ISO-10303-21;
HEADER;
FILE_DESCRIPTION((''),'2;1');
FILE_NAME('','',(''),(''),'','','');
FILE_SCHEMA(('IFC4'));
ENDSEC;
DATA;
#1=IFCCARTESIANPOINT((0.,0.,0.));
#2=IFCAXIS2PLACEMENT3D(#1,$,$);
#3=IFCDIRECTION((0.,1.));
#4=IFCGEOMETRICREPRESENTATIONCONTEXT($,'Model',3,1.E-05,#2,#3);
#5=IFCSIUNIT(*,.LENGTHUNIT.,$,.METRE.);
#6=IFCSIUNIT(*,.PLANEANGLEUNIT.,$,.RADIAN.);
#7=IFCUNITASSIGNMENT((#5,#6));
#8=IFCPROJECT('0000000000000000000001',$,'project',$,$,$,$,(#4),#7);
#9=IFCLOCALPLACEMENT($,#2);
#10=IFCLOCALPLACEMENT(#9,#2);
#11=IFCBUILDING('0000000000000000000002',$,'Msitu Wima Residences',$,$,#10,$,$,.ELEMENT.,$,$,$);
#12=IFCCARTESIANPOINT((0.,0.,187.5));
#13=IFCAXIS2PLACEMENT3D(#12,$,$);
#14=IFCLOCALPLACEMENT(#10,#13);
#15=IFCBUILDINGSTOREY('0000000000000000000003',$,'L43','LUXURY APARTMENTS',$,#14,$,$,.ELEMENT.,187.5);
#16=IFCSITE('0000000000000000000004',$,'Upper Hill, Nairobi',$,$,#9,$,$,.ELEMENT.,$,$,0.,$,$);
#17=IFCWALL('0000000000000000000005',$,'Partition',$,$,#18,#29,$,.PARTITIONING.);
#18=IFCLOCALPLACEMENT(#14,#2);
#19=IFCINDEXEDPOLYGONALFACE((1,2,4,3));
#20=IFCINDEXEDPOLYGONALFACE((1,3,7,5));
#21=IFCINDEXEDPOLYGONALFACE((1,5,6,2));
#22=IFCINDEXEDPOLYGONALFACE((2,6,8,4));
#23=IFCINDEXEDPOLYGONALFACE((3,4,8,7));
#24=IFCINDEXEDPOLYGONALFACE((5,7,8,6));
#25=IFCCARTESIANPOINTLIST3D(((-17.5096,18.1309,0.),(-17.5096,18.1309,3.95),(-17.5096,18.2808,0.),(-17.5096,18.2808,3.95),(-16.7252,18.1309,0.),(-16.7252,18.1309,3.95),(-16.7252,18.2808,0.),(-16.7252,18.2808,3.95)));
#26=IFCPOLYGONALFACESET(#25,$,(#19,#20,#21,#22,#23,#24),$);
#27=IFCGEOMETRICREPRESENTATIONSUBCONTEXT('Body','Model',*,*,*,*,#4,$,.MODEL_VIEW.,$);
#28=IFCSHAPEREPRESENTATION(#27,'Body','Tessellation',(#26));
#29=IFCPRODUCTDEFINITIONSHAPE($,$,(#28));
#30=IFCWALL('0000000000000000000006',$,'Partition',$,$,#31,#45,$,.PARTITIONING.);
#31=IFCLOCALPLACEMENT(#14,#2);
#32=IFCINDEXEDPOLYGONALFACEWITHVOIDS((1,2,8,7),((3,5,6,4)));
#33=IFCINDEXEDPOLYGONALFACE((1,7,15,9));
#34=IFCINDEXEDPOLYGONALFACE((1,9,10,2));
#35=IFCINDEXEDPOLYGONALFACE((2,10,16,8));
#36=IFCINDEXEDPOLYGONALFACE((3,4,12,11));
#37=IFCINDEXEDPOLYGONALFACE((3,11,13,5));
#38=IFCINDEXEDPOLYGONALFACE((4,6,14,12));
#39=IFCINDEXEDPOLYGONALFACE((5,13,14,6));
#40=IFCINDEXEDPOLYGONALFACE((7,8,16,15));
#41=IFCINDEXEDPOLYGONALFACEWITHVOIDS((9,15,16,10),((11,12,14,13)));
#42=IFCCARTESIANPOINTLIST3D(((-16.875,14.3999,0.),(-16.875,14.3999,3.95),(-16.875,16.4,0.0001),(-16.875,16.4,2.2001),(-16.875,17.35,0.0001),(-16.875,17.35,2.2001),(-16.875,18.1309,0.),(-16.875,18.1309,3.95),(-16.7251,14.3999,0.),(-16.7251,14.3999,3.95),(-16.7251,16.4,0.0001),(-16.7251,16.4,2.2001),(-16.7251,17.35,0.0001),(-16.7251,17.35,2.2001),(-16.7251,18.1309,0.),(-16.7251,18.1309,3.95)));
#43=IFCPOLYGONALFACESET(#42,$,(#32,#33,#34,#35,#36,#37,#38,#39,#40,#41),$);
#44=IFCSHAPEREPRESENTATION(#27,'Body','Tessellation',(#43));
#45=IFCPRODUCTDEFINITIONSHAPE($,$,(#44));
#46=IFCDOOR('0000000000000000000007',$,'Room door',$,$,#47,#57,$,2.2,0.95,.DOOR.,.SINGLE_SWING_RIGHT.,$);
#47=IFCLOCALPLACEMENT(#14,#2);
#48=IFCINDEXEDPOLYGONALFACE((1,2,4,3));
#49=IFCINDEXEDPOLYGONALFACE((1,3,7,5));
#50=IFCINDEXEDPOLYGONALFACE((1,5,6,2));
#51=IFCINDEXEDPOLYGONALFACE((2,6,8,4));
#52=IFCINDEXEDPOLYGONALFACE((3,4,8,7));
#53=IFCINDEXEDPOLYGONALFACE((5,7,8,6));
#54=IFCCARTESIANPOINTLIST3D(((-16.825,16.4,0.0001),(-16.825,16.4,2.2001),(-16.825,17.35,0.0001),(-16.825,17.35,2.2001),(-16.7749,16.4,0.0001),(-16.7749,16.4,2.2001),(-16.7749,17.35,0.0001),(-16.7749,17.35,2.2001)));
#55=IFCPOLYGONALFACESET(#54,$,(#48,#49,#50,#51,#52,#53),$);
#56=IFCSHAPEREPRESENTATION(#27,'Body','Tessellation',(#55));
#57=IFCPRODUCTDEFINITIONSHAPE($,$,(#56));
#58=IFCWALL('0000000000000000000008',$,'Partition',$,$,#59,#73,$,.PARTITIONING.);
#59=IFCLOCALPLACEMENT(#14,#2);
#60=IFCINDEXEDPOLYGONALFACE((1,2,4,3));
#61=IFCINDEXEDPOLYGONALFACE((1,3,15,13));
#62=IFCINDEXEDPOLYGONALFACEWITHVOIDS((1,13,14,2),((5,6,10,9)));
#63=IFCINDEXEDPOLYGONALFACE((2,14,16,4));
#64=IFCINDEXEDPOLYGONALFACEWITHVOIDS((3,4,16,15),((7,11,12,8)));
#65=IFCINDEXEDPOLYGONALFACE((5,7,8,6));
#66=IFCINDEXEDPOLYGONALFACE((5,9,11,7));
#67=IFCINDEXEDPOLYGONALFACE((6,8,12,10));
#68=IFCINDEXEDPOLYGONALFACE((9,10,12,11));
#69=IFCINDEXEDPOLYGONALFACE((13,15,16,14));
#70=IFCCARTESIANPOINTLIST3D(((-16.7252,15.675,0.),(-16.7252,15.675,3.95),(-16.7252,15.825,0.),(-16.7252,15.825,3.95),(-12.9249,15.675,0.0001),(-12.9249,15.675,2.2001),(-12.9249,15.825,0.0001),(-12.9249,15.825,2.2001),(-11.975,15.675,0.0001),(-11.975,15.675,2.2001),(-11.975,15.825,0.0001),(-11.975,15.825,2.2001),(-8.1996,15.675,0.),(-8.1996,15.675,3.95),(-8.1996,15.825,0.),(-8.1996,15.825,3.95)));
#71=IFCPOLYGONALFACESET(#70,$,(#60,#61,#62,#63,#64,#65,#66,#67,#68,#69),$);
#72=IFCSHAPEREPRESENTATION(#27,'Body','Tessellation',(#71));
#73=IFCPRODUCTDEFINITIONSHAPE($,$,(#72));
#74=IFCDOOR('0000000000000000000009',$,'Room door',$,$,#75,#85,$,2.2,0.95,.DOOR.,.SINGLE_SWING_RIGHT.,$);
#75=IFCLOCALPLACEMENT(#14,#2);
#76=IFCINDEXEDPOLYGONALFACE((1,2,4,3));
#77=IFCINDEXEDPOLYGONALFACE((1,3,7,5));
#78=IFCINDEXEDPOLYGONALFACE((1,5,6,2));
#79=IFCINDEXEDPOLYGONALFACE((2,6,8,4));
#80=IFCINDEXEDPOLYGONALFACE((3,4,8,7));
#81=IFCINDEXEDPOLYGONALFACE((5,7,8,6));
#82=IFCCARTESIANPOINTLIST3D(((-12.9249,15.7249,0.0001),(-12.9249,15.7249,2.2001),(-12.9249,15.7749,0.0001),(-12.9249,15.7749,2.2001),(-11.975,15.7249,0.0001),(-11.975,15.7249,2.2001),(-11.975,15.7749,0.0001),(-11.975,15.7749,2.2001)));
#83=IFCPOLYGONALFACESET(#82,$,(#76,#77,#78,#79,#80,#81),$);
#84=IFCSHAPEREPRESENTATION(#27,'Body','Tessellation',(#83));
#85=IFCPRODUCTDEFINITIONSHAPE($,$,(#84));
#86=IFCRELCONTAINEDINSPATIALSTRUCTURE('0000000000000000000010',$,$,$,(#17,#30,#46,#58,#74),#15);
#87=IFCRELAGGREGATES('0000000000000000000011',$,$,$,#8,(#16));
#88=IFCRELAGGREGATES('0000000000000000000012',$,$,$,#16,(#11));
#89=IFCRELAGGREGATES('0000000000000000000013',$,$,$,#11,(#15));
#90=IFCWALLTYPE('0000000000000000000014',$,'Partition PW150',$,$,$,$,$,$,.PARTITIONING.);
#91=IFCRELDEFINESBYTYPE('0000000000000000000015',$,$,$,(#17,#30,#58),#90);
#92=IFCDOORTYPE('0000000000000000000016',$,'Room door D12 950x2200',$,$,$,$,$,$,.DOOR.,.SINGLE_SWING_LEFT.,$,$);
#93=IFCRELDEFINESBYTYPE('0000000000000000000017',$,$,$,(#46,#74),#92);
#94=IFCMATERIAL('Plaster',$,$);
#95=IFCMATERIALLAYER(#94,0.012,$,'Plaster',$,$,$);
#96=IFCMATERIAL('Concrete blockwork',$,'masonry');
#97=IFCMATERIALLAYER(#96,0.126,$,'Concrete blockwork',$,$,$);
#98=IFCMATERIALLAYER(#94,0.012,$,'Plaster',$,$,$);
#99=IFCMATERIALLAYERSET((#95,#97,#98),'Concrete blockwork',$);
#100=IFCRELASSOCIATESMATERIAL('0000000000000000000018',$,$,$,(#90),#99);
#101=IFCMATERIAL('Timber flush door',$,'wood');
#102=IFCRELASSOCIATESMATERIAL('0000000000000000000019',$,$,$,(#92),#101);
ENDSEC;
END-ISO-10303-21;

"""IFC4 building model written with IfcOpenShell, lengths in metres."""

from ifc_helpers import new_model, si_unit, direction, frame, frame_2d, origin, place, context, subcontext, project, spatial, rectangle, extrude, material, layer, layer_set, type_object, element, fill, save


model = new_model("IFC4")

# Units and contexts
model_context = context("Model", 3, precision=1e-05, world=origin(), true_north=direction((0.0, 1.0)))
body_context = subcontext(model_context, "Body", "Model", "MODEL_VIEW")
ifc_project = project(units=[si_unit("LENGTHUNIT", "METRE"), si_unit("PLANEANGLEUNIT", "RADIAN")], contexts=[model_context])

# Site, building, storey
site_placement = place(None, origin())
site = spatial("IfcSite", under=ifc_project, at=site_placement, Name="Upper Hill, Nairobi", CompositionType="ELEMENT", RefElevation=0.0)
building_placement = place(site_placement, origin())
building = spatial("IfcBuilding", under=site, at=building_placement, Name="Msitu Wima Residences", CompositionType="ELEMENT")
storey_placement = place(building_placement, frame((0.0, 0.0, 187.5)))
storey = spatial("IfcBuildingStorey", under=building, at=storey_placement, Name="L43", Description="LUXURY APARTMENTS", CompositionType="ELEMENT", Elevation=187.5)

# Shared definitions
ifc_material_1 = material(Name="Plaster")
ifc_material_2 = material(Name="Concrete blockwork", Category="masonry")
ifc_layer_1 = layer(ifc_material_1, 0.012, Name="Plaster")
ifc_layer_2 = layer(ifc_material_2, 0.126, Name="Concrete blockwork")
ifc_layer_3 = layer(ifc_material_1, 0.012, Name="Plaster")
ifc_layer_set_1 = layer_set([ifc_layer_1, ifc_layer_2, ifc_layer_3], Name="Concrete blockwork")
wall_type_1 = type_object("IfcWallType", Name="Partition PW150", PredefinedType="PARTITIONING", material=ifc_layer_set_1)

# Shared definitions
ifc_material_3 = material(Name="Timber flush door", Category="wood")
door_type_1 = type_object("IfcDoorType", Name="Room door D12 950x2200", OperationType="SINGLE_SWING_LEFT", PredefinedType="DOOR", material=ifc_material_3)

# Wall
wall_1_placement = place(storey_placement, frame((-17.5095, 18.2058, 0.0), z_axis=(0.0, 0.0, 1.0), x_axis=(1.0, 0.0, 0.0)))
element("IfcWall", 1, at=wall_1_placement, inside=storey, type_object=wall_type_1, Name="Partition", PredefinedType="PARTITIONING", context=body_context, shape_type="SweptSolid", body=[
    extrude(rectangle(XDim=0.7844, YDim=0.1499, at=frame_2d((0.3921, 0.0))), origin(), (0.0, 0.0, 1.0), 3.95),
])

# Walls, openings, doors
wall_2_placement = place(storey_placement, frame((-16.8, 14.3999, 0.0), z_axis=(0.0, 0.0, 1.0), x_axis=(0.0, 1.0, 0.0)))
wall_2 = element("IfcWall", 2, at=wall_2_placement, inside=storey, type_object=wall_type_1, Name="Partition", PredefinedType="PARTITIONING", context=body_context, shape_type="SweptSolid", body=[
    extrude(rectangle(XDim=3.731, YDim=0.1499, at=frame_2d((1.8655, 0.0))), origin(), (0.0, 0.0, 1.0), 3.95),
])
opening_1_placement = place(wall_2_placement, frame((2.0, 0.0, 0.0)))
opening_1 = element("IfcOpeningElement", 3, at=opening_1_placement, cuts=wall_2, PredefinedType="OPENING", context=body_context, shape_type="SweptSolid", body=[
    extrude(rectangle(XDim=0.95, YDim=2.2, at=frame_2d((0.4751, 1.1001))), frame((0.0, 0.085, 0.0), z_axis=(0.0, -1.0, 0.0), x_axis=(1.0, 0.0, 0.0)), (0.0, 0.0, 1.0), 0.1699),
])
door_1_placement = place(opening_1_placement, origin())
door_1 = element("IfcDoor", 4, at=door_1_placement, inside=storey, type_object=door_type_1, Name="Room door", OperationType="SINGLE_SWING_RIGHT", OverallHeight=2.2, OverallWidth=0.95, PredefinedType="DOOR", context=body_context, shape_type="SweptSolid", body=[
    extrude(rectangle(XDim=0.95, YDim=2.2, at=frame_2d((0.4751, 1.1001))), frame((0.0, 0.0249, 0.0), z_axis=(0.0, -1.0, 0.0), x_axis=(1.0, 0.0, 0.0)), (0.0, 0.0, 1.0), 0.05),
])
fill(opening_1, door_1)
wall_3_placement = place(storey_placement, frame((-16.7251, 15.75, 0.0), z_axis=(0.0, 0.0, 1.0), x_axis=(1.0, 0.0, 0.0)))
wall_3 = element("IfcWall", 5, at=wall_3_placement, inside=storey, type_object=wall_type_1, Name="Partition", PredefinedType="PARTITIONING", context=body_context, shape_type="SweptSolid", body=[
    extrude(rectangle(XDim=8.5256, YDim=0.1499, at=frame_2d((4.2627, 0.0))), origin(), (0.0, 0.0, 1.0), 3.95),
])
opening_2_placement = place(wall_3_placement, frame((3.8, 0.0, 0.0)))
opening_2 = element("IfcOpeningElement", 6, at=opening_2_placement, cuts=wall_3, PredefinedType="OPENING", context=body_context, shape_type="SweptSolid", body=[
    extrude(rectangle(XDim=0.95, YDim=2.2, at=frame_2d((0.4751, 1.1001))), frame((0.0, 0.085, 0.0), z_axis=(0.0, -1.0, 0.0), x_axis=(1.0, 0.0, 0.0)), (0.0, 0.0, 1.0), 0.1699),
])
door_2_placement = place(opening_2_placement, origin())
door_2 = element("IfcDoor", 7, at=door_2_placement, inside=storey, type_object=door_type_1, Name="Room door", OperationType="SINGLE_SWING_RIGHT", OverallHeight=2.2, OverallWidth=0.95, PredefinedType="DOOR", context=body_context, shape_type="SweptSolid", body=[
    extrude(rectangle(XDim=0.95, YDim=2.2, at=frame_2d((0.4751, 1.1001))), frame((0.0, 0.0249, 0.0), z_axis=(0.0, -1.0, 0.0), x_axis=(1.0, 0.0, 0.0)), (0.0, 0.0, 1.0), 0.05),
])
fill(opening_2, door_2)

save(model, "model.ifc")
